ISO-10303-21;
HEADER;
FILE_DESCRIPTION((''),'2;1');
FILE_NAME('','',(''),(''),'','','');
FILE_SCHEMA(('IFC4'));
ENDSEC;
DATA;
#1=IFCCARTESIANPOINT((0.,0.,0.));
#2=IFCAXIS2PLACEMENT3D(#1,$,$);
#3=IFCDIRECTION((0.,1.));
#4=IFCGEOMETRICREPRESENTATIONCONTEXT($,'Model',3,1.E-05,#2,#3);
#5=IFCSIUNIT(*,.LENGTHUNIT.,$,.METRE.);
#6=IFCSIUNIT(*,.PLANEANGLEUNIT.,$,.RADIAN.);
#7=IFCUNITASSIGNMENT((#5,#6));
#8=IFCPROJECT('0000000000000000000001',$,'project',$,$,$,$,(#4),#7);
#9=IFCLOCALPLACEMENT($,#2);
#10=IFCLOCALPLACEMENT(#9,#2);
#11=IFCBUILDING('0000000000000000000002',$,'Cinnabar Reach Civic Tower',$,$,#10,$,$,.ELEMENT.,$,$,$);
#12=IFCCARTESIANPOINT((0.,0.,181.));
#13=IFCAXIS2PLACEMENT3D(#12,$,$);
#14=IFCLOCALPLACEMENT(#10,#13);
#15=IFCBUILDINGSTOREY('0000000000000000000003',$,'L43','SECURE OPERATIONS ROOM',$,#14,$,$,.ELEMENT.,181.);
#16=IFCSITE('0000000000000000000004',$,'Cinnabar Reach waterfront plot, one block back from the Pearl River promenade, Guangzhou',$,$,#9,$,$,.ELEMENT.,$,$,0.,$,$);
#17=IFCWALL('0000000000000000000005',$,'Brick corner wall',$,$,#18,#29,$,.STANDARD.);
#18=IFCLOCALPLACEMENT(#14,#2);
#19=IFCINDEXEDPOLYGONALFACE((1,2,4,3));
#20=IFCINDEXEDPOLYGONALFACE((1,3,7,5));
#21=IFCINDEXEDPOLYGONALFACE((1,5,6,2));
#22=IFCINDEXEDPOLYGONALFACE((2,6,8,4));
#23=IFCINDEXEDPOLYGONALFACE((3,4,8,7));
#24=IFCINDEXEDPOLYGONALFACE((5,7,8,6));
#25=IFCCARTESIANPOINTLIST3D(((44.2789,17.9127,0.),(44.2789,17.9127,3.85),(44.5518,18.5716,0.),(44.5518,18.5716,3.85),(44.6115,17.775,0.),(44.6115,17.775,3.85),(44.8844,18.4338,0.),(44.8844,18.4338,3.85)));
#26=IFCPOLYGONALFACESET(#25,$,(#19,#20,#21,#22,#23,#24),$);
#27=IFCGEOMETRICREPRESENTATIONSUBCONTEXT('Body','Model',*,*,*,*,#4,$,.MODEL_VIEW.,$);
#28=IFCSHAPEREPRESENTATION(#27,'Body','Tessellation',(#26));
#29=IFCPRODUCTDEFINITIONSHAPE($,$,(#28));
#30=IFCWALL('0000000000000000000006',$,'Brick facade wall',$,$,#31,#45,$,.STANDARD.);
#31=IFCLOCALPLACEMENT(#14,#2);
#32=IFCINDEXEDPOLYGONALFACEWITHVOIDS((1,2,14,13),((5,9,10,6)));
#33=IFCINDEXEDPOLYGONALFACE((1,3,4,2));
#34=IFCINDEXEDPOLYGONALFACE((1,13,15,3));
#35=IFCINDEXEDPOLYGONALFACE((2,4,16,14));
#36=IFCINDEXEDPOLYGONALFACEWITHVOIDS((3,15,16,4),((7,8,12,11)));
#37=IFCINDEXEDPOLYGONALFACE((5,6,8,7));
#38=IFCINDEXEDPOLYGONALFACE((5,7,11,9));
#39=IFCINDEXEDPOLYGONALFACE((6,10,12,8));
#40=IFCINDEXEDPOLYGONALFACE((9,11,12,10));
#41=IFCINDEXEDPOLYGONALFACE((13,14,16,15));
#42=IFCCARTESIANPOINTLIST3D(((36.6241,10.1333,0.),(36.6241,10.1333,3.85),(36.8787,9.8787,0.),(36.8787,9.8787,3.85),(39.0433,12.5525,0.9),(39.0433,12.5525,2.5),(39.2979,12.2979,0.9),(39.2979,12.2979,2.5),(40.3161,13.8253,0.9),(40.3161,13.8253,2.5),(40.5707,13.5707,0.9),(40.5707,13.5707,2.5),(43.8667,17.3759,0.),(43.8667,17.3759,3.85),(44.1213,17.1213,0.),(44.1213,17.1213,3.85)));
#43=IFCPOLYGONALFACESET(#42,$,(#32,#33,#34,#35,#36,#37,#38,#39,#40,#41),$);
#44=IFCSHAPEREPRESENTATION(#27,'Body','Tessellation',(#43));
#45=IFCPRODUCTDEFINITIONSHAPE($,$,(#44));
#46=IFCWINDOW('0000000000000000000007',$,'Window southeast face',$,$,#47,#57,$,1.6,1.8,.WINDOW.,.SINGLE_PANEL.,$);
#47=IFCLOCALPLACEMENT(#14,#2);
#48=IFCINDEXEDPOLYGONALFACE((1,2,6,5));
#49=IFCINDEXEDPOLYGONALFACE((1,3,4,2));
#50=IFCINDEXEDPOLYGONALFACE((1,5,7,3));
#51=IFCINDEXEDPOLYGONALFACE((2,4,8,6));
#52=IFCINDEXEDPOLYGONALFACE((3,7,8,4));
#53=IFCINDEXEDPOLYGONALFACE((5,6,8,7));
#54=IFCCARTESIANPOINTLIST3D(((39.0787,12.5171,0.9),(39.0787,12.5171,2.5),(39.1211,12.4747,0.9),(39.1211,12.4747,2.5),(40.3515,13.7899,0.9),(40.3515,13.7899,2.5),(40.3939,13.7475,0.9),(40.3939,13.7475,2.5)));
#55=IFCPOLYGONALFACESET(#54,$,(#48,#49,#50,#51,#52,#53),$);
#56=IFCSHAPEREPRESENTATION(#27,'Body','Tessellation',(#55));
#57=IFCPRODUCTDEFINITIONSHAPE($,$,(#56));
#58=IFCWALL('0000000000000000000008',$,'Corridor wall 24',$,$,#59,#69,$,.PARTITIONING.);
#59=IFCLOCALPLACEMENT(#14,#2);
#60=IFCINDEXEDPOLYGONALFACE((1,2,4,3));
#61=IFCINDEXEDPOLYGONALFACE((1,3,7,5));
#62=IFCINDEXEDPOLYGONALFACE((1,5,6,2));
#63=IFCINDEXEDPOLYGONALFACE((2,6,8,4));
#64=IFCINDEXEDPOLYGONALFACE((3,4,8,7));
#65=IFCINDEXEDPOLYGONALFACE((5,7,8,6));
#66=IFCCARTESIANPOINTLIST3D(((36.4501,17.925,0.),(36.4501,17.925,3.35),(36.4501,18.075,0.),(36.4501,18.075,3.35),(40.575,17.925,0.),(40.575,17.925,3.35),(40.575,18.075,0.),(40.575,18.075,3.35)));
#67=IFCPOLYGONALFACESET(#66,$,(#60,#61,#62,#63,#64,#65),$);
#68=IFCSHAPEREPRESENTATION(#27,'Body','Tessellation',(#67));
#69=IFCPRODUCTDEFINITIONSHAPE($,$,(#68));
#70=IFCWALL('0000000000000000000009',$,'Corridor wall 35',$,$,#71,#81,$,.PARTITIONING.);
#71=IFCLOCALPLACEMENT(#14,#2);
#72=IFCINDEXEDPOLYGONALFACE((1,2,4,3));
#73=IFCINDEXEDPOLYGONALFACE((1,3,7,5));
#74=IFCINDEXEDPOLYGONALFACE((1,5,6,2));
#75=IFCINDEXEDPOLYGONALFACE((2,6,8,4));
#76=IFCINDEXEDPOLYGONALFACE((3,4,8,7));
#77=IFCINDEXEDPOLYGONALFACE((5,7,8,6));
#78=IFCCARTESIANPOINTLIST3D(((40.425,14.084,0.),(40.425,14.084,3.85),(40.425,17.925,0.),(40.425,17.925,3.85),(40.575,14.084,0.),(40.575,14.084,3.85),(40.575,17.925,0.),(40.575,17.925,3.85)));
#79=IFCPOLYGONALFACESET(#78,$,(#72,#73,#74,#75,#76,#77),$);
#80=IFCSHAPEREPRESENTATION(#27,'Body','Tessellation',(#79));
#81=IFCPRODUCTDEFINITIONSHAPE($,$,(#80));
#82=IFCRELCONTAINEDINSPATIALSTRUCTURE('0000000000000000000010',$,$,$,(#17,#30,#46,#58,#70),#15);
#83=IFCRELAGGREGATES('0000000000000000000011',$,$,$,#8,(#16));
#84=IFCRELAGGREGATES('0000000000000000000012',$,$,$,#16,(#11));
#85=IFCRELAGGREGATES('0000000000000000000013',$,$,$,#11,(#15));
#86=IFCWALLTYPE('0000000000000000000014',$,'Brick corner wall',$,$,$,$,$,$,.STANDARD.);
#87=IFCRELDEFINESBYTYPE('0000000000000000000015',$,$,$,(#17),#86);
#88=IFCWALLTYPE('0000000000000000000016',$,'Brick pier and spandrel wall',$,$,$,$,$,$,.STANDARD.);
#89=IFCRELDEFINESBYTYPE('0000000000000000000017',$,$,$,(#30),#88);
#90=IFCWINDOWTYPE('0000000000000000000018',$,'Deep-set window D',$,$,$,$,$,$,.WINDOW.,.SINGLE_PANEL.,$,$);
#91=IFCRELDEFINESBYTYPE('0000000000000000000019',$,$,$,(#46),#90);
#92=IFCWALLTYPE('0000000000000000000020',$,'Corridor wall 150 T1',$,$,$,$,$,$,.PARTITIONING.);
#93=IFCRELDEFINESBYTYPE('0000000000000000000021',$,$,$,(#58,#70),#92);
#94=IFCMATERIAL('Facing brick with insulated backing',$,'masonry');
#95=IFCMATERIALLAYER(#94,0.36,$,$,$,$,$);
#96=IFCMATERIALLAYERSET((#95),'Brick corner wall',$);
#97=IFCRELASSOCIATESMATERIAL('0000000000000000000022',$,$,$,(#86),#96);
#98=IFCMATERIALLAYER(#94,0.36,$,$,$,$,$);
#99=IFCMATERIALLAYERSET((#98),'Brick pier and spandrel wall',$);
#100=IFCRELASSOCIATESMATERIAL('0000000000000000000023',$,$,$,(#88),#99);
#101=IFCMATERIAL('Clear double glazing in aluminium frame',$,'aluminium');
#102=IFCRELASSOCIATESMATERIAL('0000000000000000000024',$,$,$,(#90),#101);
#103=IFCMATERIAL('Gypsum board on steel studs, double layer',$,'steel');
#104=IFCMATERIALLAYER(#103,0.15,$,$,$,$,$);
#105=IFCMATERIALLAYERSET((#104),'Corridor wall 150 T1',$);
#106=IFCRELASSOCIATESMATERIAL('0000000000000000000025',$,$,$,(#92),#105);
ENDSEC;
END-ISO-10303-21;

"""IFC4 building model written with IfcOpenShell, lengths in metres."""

from ifc_helpers import new_model, si_unit, direction, frame, frame_2d, origin, place, context, subcontext, project, spatial, rectangle, extrude, material, layer, layer_set, type_object, element, fill, save


model = new_model("IFC4")

# Units and contexts
model_context = context("Model", 3, precision=1e-05, world=origin(), true_north=direction((0.0, 1.0)))
body_context = subcontext(model_context, "Body", "Model", "MODEL_VIEW")
ifc_project = project(units=[si_unit("LENGTHUNIT", "METRE"), si_unit("PLANEANGLEUNIT", "RADIAN")], contexts=[model_context])

# Site, building, storey
site_placement = place(None, origin())
site = spatial("IfcSite", under=ifc_project, at=site_placement, Name="Cinnabar Reach waterfront plot, one block back from the Pearl River promenade, Guangzhou", CompositionType="ELEMENT", RefElevation=0.0)
building_placement = place(site_placement, origin())
building = spatial("IfcBuilding", under=site, at=building_placement, Name="Cinnabar Reach Civic Tower", CompositionType="ELEMENT")
storey_placement = place(building_placement, frame((0.0, 0.0, 181.0)))
storey = spatial("IfcBuildingStorey", under=building, at=storey_placement, Name="L43", Description="SECURE OPERATIONS ROOM", CompositionType="ELEMENT", Elevation=181.0)

# Wall
ifc_material_1 = material(Name="Facing brick with insulated backing", Category="masonry")
ifc_layer_1 = layer(ifc_material_1, 0.36)
ifc_layer_set_1 = layer_set([ifc_layer_1], Name="Brick corner wall")
wall_type_1 = type_object("IfcWallType", Name="Brick corner wall", PredefinedType="STANDARD", material=ifc_layer_set_1)
wall_1_placement = place(storey_placement, frame((44.4452, 17.8439, 0.0), z_axis=(0.0, 0.0, 1.0), x_axis=(0.382703, 0.923872, 0.0)))
element("IfcWall", 1, at=wall_1_placement, inside=storey, type_object=wall_type_1, Name="Brick corner wall", PredefinedType="STANDARD", context=body_context, shape_type="SweptSolid", body=[
    extrude(rectangle(XDim=0.7131, YDim=0.36, at=frame_2d((0.3565, 0.0))), origin(), (0.0, 0.0, 1.0), 3.85),
])

# Wall, opening, window
ifc_layer_2 = layer(ifc_material_1, 0.36)
ifc_layer_set_2 = layer_set([ifc_layer_2], Name="Brick pier and spandrel wall")
wall_type_2 = type_object("IfcWallType", Name="Brick pier and spandrel wall", PredefinedType="STANDARD", material=ifc_layer_set_2)
wall_2_placement = place(storey_placement, frame((36.7514, 10.006, 0.0), z_axis=(0.0, 0.0, 1.0), x_axis=(0.707107, 0.707107, 0.0)))
wall_2 = element("IfcWall", 2, at=wall_2_placement, inside=storey, type_object=wall_type_2, Name="Brick facade wall", PredefinedType="STANDARD", context=body_context, shape_type="SweptSolid", body=[
    extrude(rectangle(XDim=10.2426, YDim=0.36, at=frame_2d((5.1213, 0.0))), origin(), (0.0, 0.0, 1.0), 3.85),
])
opening_placement = place(wall_2_placement, frame((3.4213, 0.0, 0.9)))
opening = element("IfcOpeningElement", 3, at=opening_placement, cuts=wall_2, PredefinedType="OPENING", context=body_context, shape_type="SweptSolid", body=[
    extrude(rectangle(XDim=1.8, YDim=1.6, at=frame_2d((0.9, 0.8))), frame((0.0, 0.19, 0.0), z_axis=(0.0, -1.0, 0.0), x_axis=(1.0, 0.0, 0.0)), (0.0, 0.0, 1.0), 0.38),
])
ifc_material_2 = material(Name="Clear double glazing in aluminium frame", Category="aluminium")
window_type = type_object("IfcWindowType", Name="Deep-set window D", PartitioningType="SINGLE_PANEL", PredefinedType="WINDOW", material=ifc_material_2)
window_placement = place(opening_placement, origin())
window = element("IfcWindow", 4, at=window_placement, inside=storey, type_object=window_type, Name="Window southeast face", OverallHeight=1.6, OverallWidth=1.8, PartitioningType="SINGLE_PANEL", PredefinedType="WINDOW", context=body_context, shape_type="SweptSolid", body=[
    extrude(rectangle(XDim=1.8, YDim=1.6, at=frame_2d((0.9, 0.8))), frame((0.0, 0.13, 0.0), z_axis=(0.0, -1.0, 0.0), x_axis=(1.0, 0.0, 0.0)), (0.0, 0.0, 1.0), 0.06),
])
fill(opening, window)

# Walls
ifc_material_3 = material(Name="Gypsum board on steel studs, double layer", Category="steel")
ifc_layer_3 = layer(ifc_material_3, 0.15)
ifc_layer_set_3 = layer_set([ifc_layer_3], Name="Corridor wall 150 T1")
wall_type_3 = type_object("IfcWallType", Name="Corridor wall 150 T1", PredefinedType="PARTITIONING", material=ifc_layer_set_3)
wall_3_placement = place(storey_placement, frame((36.45, 18.0, 0.0), z_axis=(0.0, 0.0, 1.0), x_axis=(1.0, 0.0, 0.0)))
element("IfcWall", 5, at=wall_3_placement, inside=storey, type_object=wall_type_3, Name="Corridor wall 24", PredefinedType="PARTITIONING", context=body_context, shape_type="SweptSolid", body=[
    extrude(rectangle(XDim=4.1249, YDim=0.15, at=frame_2d((2.0625, 0.0))), origin(), (0.0, 0.0, 1.0), 3.35),
])
wall_4_placement = place(storey_placement, frame((40.5, 14.084, 0.0), z_axis=(0.0, 0.0, 1.0), x_axis=(0.0, 1.0, 0.0)))
element("IfcWall", 6, at=wall_4_placement, inside=storey, type_object=wall_type_3, Name="Corridor wall 35", PredefinedType="PARTITIONING", context=body_context, shape_type="SweptSolid", body=[
    extrude(rectangle(XDim=3.841, YDim=0.15, at=frame_2d((1.9205, 0.0))), origin(), (0.0, 0.0, 1.0), 3.85),
])

save(model, "model.ifc")
